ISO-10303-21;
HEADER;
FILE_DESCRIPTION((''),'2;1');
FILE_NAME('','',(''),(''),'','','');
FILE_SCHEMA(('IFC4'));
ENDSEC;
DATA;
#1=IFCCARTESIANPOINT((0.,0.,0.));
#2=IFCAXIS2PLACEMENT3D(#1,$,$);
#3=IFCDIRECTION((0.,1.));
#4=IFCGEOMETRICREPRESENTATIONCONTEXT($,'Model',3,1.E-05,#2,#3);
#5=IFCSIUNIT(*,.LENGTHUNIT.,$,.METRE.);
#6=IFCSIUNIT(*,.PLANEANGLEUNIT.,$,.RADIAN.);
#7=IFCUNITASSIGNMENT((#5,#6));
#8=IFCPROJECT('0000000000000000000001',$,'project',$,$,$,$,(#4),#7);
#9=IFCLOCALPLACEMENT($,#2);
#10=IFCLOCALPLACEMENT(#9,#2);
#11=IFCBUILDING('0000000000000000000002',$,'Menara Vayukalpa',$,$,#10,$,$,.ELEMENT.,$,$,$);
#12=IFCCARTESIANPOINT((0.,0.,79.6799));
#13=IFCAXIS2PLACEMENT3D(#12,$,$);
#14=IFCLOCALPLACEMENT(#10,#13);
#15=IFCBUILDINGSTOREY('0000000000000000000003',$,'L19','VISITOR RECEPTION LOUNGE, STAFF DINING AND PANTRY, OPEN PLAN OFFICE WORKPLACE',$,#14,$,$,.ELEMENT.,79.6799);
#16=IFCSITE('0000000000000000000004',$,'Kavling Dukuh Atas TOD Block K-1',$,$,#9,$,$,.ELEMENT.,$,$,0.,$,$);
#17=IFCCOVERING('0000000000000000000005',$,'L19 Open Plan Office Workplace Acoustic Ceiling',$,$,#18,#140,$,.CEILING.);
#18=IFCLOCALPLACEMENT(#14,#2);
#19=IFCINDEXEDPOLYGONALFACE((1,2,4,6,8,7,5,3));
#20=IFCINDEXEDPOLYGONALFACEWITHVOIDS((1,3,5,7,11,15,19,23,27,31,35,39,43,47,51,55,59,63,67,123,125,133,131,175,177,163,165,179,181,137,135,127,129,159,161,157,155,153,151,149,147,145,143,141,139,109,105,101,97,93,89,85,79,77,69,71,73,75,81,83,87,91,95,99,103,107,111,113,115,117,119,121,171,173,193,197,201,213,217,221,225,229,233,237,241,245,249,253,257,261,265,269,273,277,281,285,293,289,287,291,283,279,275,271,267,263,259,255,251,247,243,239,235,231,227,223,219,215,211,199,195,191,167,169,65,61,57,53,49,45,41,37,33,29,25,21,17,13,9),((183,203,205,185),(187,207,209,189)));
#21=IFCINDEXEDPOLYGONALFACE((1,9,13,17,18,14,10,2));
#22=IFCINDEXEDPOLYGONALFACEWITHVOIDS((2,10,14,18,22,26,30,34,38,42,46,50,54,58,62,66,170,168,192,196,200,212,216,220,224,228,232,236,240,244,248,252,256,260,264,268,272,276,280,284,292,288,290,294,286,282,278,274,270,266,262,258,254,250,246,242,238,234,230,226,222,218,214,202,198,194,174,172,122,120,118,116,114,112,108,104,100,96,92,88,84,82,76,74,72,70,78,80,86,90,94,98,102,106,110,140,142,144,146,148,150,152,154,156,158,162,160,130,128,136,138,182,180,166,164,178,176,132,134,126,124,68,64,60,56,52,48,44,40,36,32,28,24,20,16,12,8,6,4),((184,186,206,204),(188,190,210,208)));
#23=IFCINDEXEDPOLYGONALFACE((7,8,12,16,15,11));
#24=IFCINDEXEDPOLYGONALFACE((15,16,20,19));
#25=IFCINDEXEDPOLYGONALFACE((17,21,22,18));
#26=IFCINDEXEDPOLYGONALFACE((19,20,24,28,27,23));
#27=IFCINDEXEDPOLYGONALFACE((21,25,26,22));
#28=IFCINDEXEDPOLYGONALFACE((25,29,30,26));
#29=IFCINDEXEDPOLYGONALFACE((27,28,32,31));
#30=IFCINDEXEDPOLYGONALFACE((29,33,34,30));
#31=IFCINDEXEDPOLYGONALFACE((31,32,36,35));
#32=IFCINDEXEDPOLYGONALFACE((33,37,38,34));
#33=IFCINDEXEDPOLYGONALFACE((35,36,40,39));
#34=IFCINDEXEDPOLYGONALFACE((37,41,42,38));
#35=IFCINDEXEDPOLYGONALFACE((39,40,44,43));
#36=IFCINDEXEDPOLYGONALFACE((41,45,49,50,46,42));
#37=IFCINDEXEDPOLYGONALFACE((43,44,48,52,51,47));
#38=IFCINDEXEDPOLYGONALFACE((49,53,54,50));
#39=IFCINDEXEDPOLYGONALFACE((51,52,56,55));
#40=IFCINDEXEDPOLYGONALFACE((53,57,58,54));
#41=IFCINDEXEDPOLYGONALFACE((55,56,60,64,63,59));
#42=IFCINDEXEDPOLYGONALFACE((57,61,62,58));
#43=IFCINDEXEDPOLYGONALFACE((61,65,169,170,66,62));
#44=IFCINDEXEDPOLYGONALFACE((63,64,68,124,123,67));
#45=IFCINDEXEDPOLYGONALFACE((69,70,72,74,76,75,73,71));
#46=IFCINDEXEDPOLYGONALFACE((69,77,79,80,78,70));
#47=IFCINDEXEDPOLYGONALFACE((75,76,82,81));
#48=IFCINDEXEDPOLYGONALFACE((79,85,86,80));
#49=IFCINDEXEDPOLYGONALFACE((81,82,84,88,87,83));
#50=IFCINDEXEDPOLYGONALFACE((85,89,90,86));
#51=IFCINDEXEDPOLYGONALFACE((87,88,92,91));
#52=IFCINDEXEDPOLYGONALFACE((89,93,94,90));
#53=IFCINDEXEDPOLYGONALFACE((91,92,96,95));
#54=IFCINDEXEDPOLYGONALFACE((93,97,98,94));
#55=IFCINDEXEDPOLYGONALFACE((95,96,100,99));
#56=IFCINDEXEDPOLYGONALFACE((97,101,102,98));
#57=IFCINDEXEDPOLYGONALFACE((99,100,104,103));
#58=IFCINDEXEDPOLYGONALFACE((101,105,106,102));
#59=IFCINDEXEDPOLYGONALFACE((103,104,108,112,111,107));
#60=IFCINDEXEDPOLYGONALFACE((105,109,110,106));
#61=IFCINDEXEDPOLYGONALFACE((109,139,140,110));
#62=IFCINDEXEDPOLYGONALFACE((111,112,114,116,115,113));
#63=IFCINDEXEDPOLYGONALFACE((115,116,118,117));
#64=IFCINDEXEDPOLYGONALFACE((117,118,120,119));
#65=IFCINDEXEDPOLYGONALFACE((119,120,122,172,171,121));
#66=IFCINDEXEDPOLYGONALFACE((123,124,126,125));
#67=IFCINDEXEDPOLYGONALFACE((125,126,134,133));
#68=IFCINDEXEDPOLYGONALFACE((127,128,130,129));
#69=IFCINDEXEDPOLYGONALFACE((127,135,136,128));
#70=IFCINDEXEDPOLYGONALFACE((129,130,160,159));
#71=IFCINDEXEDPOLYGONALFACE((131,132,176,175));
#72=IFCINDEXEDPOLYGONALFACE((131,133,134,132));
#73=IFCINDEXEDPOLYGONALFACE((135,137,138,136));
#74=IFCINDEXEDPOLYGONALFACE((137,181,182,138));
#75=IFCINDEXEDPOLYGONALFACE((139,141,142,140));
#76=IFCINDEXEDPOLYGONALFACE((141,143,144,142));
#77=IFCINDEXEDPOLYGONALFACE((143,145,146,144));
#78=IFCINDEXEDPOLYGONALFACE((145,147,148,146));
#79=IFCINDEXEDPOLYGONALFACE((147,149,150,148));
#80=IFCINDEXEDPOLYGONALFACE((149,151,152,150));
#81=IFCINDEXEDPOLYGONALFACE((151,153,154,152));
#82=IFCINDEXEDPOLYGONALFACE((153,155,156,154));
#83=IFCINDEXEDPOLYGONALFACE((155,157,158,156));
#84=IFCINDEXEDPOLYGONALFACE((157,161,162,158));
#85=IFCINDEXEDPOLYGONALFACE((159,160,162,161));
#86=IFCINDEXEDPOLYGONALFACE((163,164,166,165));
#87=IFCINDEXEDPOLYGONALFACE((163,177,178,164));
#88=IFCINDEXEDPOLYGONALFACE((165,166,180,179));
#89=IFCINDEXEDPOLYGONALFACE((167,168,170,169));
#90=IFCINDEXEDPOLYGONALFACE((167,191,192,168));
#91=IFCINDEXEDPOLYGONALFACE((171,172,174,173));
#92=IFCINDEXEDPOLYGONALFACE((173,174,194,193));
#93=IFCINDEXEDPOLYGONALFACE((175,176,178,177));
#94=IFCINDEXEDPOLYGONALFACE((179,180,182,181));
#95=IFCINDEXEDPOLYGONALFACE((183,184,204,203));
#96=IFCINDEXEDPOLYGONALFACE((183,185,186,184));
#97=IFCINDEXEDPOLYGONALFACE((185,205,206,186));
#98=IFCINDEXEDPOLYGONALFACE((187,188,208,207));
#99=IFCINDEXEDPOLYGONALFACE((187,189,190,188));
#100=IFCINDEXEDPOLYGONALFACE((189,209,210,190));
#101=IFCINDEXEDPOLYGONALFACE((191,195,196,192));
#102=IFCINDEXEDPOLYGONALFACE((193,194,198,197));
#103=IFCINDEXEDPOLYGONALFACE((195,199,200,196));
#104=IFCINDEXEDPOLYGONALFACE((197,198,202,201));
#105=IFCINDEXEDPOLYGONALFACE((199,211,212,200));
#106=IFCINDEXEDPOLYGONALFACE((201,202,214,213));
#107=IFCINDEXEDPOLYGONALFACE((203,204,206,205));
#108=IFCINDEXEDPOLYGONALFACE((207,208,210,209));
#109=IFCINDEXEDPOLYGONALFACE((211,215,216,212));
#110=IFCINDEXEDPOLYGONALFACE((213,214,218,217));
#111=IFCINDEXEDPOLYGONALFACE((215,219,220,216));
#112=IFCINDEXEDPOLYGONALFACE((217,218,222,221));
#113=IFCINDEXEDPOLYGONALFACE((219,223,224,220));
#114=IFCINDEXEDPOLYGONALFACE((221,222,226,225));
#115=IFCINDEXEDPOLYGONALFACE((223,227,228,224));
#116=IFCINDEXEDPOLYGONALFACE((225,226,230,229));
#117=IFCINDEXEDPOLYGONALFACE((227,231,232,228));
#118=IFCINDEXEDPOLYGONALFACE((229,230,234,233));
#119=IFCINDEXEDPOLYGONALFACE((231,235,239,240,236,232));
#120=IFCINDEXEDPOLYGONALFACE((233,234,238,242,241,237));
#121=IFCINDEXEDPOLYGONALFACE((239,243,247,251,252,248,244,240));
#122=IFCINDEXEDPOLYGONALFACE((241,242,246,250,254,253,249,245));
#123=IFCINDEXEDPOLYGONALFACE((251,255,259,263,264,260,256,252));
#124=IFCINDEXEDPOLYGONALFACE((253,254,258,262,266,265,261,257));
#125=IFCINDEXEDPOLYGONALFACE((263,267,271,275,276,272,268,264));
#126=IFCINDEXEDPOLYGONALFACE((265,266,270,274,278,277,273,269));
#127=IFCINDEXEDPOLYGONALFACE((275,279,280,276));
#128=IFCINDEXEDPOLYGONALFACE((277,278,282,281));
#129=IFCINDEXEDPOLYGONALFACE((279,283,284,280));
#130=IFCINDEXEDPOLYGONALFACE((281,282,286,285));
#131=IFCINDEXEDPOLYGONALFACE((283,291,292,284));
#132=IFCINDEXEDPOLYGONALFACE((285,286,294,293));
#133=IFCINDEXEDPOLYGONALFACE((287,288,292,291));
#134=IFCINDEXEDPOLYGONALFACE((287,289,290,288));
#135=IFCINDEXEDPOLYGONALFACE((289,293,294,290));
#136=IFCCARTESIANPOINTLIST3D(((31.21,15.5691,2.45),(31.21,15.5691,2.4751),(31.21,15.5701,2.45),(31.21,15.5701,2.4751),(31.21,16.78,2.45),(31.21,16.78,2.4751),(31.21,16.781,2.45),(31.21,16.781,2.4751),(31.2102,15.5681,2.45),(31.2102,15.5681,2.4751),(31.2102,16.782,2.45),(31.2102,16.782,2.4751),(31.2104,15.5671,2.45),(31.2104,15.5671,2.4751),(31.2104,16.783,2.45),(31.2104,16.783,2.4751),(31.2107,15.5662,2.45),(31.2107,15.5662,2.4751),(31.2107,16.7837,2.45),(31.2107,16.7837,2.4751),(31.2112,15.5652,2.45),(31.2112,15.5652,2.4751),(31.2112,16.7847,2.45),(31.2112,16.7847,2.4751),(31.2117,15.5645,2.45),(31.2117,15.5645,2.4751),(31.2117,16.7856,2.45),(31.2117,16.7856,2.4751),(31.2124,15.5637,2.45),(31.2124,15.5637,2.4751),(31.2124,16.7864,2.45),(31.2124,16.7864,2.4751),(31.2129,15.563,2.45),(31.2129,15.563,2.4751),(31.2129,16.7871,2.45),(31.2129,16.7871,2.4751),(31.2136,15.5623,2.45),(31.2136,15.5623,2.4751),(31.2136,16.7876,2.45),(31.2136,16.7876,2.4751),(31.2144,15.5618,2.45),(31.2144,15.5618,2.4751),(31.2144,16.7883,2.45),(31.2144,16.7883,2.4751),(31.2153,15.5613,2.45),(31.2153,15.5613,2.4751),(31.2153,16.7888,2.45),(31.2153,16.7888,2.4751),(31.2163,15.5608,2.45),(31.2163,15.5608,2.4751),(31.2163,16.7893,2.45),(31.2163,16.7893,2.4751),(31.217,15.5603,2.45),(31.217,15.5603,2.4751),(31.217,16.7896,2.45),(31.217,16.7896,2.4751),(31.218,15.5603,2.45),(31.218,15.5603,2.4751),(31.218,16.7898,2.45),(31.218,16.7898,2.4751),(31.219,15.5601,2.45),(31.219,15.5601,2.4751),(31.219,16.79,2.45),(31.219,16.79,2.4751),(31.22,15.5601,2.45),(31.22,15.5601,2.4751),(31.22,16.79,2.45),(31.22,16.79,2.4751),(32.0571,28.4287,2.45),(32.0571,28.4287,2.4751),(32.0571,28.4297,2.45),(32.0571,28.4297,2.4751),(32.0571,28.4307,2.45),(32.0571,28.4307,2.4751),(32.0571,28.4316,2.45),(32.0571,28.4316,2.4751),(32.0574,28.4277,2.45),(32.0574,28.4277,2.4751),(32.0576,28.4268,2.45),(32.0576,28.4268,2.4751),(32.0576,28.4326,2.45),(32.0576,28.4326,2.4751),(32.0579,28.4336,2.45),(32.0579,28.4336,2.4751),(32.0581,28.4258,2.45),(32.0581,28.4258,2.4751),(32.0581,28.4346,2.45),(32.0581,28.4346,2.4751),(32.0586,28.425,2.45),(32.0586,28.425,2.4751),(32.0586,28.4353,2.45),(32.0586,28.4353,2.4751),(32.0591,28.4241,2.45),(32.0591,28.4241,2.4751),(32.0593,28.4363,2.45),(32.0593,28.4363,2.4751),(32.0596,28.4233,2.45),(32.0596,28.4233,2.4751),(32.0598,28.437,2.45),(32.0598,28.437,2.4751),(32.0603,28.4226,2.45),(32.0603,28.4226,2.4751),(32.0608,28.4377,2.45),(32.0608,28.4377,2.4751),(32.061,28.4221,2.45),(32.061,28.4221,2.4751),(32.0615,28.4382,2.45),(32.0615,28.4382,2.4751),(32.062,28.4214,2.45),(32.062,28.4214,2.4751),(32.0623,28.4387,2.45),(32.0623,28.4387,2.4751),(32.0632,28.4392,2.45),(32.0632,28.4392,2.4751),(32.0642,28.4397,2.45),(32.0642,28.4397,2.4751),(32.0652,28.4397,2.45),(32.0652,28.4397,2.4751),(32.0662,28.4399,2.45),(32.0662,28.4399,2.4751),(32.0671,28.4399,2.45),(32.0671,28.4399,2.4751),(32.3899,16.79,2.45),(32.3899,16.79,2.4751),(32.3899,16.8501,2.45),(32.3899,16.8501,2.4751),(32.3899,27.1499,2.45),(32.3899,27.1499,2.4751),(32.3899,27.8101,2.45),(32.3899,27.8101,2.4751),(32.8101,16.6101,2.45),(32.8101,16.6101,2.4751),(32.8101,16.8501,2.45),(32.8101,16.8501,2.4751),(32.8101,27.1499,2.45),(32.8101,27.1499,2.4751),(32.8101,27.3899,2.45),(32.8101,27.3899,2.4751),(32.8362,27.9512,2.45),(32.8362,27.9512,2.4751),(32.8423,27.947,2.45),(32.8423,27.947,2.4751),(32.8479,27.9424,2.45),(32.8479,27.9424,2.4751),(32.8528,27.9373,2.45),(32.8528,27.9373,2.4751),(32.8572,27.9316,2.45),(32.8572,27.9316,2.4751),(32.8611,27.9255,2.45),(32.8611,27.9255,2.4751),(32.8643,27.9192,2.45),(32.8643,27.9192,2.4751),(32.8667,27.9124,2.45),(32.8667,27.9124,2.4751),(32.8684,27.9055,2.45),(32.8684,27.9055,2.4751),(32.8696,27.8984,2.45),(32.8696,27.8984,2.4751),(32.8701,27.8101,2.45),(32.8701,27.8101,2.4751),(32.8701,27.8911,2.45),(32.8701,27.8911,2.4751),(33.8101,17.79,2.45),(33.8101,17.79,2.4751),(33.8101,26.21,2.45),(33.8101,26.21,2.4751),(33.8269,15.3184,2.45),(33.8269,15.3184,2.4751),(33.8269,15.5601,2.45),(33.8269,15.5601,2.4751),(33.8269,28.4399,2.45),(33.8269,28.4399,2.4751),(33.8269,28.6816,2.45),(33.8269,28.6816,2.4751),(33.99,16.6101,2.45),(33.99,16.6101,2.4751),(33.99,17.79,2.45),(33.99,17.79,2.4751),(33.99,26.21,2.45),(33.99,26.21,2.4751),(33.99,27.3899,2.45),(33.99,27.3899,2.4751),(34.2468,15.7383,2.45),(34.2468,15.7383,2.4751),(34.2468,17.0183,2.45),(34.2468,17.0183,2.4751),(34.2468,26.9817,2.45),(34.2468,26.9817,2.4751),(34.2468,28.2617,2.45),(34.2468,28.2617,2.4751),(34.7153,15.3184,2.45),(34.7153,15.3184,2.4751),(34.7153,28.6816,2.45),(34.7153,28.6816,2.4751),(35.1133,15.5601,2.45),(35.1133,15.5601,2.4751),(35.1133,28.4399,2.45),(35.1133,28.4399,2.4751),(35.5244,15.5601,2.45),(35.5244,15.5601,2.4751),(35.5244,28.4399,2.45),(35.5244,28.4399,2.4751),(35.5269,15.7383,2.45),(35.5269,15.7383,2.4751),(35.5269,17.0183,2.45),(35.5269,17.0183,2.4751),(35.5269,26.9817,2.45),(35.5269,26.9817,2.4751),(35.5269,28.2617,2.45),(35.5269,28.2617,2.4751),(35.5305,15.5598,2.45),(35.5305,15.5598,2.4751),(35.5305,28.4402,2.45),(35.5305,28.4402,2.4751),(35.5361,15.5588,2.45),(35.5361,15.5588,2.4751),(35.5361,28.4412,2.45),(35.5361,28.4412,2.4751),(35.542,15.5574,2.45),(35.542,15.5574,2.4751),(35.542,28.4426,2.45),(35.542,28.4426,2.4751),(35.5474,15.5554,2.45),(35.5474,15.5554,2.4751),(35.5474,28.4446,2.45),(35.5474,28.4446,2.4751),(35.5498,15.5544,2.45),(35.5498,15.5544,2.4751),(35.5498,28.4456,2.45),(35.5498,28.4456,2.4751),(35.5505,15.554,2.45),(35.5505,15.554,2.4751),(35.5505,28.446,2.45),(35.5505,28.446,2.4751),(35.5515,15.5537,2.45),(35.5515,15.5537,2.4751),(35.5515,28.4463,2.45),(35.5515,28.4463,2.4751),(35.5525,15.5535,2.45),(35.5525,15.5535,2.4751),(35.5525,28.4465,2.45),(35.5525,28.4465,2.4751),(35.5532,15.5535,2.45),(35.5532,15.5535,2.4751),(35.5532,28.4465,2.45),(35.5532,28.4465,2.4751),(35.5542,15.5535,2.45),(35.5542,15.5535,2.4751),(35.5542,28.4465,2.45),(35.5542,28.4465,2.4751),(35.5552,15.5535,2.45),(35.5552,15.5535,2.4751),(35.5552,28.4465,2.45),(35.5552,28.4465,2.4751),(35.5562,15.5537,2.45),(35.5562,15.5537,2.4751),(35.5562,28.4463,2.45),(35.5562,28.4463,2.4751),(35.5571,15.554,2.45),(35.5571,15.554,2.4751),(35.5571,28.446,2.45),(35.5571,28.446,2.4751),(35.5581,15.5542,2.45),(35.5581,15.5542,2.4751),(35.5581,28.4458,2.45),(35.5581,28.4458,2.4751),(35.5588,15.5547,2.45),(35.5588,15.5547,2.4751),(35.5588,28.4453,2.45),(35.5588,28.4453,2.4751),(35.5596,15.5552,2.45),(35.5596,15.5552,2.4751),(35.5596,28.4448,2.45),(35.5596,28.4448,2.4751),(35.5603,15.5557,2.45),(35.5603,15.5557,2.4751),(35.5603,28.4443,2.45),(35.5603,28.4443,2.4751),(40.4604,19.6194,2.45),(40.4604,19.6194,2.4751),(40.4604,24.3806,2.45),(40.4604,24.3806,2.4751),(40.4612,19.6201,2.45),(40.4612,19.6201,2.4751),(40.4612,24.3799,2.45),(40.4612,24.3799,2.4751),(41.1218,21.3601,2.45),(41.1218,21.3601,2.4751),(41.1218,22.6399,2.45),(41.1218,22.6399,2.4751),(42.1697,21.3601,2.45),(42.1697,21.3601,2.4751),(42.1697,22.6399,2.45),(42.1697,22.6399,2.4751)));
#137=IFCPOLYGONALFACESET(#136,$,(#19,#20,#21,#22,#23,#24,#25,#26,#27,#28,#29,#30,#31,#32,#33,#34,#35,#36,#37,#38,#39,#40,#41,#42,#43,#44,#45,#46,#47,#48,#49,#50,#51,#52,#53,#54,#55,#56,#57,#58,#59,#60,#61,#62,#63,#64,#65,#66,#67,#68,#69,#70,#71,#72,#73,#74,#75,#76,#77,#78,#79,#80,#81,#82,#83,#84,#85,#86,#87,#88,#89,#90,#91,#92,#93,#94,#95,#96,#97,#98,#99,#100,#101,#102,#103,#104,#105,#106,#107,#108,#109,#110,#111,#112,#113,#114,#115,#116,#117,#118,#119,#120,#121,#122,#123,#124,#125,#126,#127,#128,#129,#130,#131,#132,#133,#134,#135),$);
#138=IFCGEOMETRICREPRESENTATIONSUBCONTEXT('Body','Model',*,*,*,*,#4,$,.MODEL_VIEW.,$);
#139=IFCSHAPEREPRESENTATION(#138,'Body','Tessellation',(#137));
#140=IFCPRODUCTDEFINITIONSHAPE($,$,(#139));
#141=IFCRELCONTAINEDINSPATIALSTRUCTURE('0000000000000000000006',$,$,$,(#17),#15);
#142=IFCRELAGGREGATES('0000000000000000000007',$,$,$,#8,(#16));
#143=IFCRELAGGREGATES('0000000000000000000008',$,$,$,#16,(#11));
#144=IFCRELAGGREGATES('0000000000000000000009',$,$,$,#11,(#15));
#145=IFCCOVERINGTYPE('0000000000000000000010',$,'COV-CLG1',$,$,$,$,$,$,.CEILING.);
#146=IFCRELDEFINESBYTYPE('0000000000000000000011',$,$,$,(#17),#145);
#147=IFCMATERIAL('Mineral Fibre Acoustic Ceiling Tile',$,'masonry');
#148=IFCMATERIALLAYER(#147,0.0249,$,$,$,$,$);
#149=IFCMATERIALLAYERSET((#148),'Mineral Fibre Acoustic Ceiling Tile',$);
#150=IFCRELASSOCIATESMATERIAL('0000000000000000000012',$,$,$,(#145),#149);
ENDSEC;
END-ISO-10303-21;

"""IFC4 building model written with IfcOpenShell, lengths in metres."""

from ifc_helpers import new_model, si_unit, direction, frame, origin, place, context, subcontext, project, spatial, polyline, outline, extrude, material, layer, layer_set, type_object, element, save


model = new_model("IFC4")

# Units and contexts
model_context = context("Model", 3, precision=1e-05, world=origin(), true_north=direction((0.0, 1.0)))
body_context = subcontext(model_context, "Body", "Model", "MODEL_VIEW")
ifc_project = project(units=[si_unit("LENGTHUNIT", "METRE"), si_unit("PLANEANGLEUNIT", "RADIAN")], contexts=[model_context])

# Site, building, storey
site_placement = place(None, origin())
site = spatial("IfcSite", under=ifc_project, at=site_placement, Name="Kavling Dukuh Atas TOD Block K-1", CompositionType="ELEMENT", RefElevation=0.0)
building_placement = place(site_placement, origin())
building = spatial("IfcBuilding", under=site, at=building_placement, Name="Menara Vayukalpa", CompositionType="ELEMENT")
storey_placement = place(building_placement, frame((0.0, 0.0, 79.6799)))
storey = spatial("IfcBuildingStorey", under=building, at=storey_placement, Name="L19", Description="VISITOR RECEPTION LOUNGE, STAFF DINING AND PANTRY, OPEN PLAN OFFICE WORKPLACE", CompositionType="ELEMENT", Elevation=79.6799)

# Covering
ifc_material_1 = material(Name="Mineral Fibre Acoustic Ceiling Tile", Category="masonry")
ifc_layer_1 = layer(ifc_material_1, 0.0249)
ifc_layer_set_1 = layer_set([ifc_layer_1], Name="Mineral Fibre Acoustic Ceiling Tile")
covering_type_1 = type_object("IfcCoveringType", Name="COV-CLG1", PredefinedType="CEILING", material=ifc_layer_set_1)
covering_1_placement = place(storey_placement, frame((0.0, 0.0, 2.45)))
element("IfcCovering", 1, at=covering_1_placement, inside=storey, type_object=covering_type_1, Name="L19 Open Plan Office Workplace Acoustic Ceiling", PredefinedType="CEILING", context=body_context, shape_type="SweptSolid", body=[
    extrude(outline(polyline([(31.219, 15.5601), (31.218, 15.5603), (31.217, 15.5603), (31.2163, 15.5608), (31.2153, 15.5613), (31.2144, 15.5618), (31.2136, 15.5623), (31.2129, 15.563), (31.2124, 15.5637), (31.2117, 15.5645), (31.2112, 15.5652), (31.2107, 15.5662), (31.2104, 15.5671), (31.2102, 15.5681), (31.21, 15.5691), (31.21, 15.5701), (31.21, 16.78), (31.21, 16.781), (31.2102, 16.782), (31.2104, 16.783), (31.2107, 16.7837), (31.2112, 16.7847), (31.2117, 16.7856), (31.2124, 16.7864), (31.2129, 16.7871), (31.2136, 16.7876), (31.2144, 16.7883), (31.2153, 16.7888), (31.2163, 16.7893), (31.217, 16.7896), (31.218, 16.7898), (31.219, 16.79), (31.22, 16.79), (32.3899, 16.79), (32.3899, 16.8501), (32.8101, 16.8501), (32.8101, 16.6101), (33.99, 16.6101), (33.99, 17.79), (33.8101, 17.79), (33.8101, 26.21), (33.99, 26.21), (33.99, 27.3899), (32.8101, 27.3899), (32.8101, 27.1499), (32.3899, 27.1499), (32.3899, 27.8101), (32.8701, 27.8101), (32.8701, 27.8911), (32.8696, 27.8984), (32.8684, 27.9055), (32.8667, 27.9124), (32.8643, 27.9192), (32.8611, 27.9255), (32.8572, 27.9316), (32.8528, 27.9373), (32.8479, 27.9424), (32.8423, 27.947), (32.8362, 27.9512), (32.062, 28.4214), (32.061, 28.4221), (32.0603, 28.4226), (32.0596, 28.4233), (32.0591, 28.4241), (32.0586, 28.425), (32.0581, 28.4258), (32.0576, 28.4268), (32.0574, 28.4277), (32.0571, 28.4287), (32.0571, 28.4297), (32.0571, 28.4307), (32.0571, 28.4316), (32.0576, 28.4326), (32.0579, 28.4336), (32.0581, 28.4346), (32.0586, 28.4353), (32.0593, 28.4363), (32.0598, 28.437), (32.0608, 28.4377), (32.0615, 28.4382), (32.0623, 28.4387), (32.0632, 28.4392), (32.0642, 28.4397), (32.0652, 28.4397), (32.0662, 28.4399), (32.0671, 28.4399), (33.8269, 28.4399), (33.8269, 28.6816), (34.7153, 28.6816), (35.1133, 28.4399), (35.5244, 28.4399), (35.5305, 28.4402), (35.5361, 28.4412), (35.542, 28.4426), (35.5474, 28.4446), (35.5498, 28.4456), (35.5505, 28.446), (35.5515, 28.4463), (35.5525, 28.4465), (35.5532, 28.4465), (35.5542, 28.4465), (35.5552, 28.4465), (35.5562, 28.4463), (35.5571, 28.446), (35.5581, 28.4458), (35.5588, 28.4453), (35.5596, 28.4448), (35.5603, 28.4443), (40.4604, 24.3806), (40.4612, 24.3799), (42.1697, 22.6399), (41.1218, 22.6399), (41.1218, 21.3601), (42.1697, 21.3601), (40.4612, 19.6201), (40.4604, 19.6194), (35.5603, 15.5557), (35.5596, 15.5552), (35.5588, 15.5547), (35.5581, 15.5542), (35.5571, 15.554), (35.5562, 15.5537), (35.5552, 15.5535), (35.5542, 15.5535), (35.5532, 15.5535), (35.5525, 15.5535), (35.5515, 15.5537), (35.5505, 15.554), (35.5498, 15.5544), (35.5474, 15.5554), (35.542, 15.5574), (35.5361, 15.5588), (35.5305, 15.5598), (35.5244, 15.5601), (35.1133, 15.5601), (34.7153, 15.3184), (33.8269, 15.3184), (33.8269, 15.5601), (31.22, 15.5601), (31.219, 15.5601)]), holes=[polyline([(35.5269, 17.0183), (34.2468, 17.0183), (34.2468, 15.7383), (35.5269, 15.7383), (35.5269, 17.0183)]), polyline([(35.5269, 26.9817), (35.5269, 28.2617), (34.2468, 28.2617), (34.2468, 26.9817), (35.5269, 26.9817)])]), origin(), (0.0, 0.0, 1.0), 0.0251),
])

save(model, "model.ifc")
